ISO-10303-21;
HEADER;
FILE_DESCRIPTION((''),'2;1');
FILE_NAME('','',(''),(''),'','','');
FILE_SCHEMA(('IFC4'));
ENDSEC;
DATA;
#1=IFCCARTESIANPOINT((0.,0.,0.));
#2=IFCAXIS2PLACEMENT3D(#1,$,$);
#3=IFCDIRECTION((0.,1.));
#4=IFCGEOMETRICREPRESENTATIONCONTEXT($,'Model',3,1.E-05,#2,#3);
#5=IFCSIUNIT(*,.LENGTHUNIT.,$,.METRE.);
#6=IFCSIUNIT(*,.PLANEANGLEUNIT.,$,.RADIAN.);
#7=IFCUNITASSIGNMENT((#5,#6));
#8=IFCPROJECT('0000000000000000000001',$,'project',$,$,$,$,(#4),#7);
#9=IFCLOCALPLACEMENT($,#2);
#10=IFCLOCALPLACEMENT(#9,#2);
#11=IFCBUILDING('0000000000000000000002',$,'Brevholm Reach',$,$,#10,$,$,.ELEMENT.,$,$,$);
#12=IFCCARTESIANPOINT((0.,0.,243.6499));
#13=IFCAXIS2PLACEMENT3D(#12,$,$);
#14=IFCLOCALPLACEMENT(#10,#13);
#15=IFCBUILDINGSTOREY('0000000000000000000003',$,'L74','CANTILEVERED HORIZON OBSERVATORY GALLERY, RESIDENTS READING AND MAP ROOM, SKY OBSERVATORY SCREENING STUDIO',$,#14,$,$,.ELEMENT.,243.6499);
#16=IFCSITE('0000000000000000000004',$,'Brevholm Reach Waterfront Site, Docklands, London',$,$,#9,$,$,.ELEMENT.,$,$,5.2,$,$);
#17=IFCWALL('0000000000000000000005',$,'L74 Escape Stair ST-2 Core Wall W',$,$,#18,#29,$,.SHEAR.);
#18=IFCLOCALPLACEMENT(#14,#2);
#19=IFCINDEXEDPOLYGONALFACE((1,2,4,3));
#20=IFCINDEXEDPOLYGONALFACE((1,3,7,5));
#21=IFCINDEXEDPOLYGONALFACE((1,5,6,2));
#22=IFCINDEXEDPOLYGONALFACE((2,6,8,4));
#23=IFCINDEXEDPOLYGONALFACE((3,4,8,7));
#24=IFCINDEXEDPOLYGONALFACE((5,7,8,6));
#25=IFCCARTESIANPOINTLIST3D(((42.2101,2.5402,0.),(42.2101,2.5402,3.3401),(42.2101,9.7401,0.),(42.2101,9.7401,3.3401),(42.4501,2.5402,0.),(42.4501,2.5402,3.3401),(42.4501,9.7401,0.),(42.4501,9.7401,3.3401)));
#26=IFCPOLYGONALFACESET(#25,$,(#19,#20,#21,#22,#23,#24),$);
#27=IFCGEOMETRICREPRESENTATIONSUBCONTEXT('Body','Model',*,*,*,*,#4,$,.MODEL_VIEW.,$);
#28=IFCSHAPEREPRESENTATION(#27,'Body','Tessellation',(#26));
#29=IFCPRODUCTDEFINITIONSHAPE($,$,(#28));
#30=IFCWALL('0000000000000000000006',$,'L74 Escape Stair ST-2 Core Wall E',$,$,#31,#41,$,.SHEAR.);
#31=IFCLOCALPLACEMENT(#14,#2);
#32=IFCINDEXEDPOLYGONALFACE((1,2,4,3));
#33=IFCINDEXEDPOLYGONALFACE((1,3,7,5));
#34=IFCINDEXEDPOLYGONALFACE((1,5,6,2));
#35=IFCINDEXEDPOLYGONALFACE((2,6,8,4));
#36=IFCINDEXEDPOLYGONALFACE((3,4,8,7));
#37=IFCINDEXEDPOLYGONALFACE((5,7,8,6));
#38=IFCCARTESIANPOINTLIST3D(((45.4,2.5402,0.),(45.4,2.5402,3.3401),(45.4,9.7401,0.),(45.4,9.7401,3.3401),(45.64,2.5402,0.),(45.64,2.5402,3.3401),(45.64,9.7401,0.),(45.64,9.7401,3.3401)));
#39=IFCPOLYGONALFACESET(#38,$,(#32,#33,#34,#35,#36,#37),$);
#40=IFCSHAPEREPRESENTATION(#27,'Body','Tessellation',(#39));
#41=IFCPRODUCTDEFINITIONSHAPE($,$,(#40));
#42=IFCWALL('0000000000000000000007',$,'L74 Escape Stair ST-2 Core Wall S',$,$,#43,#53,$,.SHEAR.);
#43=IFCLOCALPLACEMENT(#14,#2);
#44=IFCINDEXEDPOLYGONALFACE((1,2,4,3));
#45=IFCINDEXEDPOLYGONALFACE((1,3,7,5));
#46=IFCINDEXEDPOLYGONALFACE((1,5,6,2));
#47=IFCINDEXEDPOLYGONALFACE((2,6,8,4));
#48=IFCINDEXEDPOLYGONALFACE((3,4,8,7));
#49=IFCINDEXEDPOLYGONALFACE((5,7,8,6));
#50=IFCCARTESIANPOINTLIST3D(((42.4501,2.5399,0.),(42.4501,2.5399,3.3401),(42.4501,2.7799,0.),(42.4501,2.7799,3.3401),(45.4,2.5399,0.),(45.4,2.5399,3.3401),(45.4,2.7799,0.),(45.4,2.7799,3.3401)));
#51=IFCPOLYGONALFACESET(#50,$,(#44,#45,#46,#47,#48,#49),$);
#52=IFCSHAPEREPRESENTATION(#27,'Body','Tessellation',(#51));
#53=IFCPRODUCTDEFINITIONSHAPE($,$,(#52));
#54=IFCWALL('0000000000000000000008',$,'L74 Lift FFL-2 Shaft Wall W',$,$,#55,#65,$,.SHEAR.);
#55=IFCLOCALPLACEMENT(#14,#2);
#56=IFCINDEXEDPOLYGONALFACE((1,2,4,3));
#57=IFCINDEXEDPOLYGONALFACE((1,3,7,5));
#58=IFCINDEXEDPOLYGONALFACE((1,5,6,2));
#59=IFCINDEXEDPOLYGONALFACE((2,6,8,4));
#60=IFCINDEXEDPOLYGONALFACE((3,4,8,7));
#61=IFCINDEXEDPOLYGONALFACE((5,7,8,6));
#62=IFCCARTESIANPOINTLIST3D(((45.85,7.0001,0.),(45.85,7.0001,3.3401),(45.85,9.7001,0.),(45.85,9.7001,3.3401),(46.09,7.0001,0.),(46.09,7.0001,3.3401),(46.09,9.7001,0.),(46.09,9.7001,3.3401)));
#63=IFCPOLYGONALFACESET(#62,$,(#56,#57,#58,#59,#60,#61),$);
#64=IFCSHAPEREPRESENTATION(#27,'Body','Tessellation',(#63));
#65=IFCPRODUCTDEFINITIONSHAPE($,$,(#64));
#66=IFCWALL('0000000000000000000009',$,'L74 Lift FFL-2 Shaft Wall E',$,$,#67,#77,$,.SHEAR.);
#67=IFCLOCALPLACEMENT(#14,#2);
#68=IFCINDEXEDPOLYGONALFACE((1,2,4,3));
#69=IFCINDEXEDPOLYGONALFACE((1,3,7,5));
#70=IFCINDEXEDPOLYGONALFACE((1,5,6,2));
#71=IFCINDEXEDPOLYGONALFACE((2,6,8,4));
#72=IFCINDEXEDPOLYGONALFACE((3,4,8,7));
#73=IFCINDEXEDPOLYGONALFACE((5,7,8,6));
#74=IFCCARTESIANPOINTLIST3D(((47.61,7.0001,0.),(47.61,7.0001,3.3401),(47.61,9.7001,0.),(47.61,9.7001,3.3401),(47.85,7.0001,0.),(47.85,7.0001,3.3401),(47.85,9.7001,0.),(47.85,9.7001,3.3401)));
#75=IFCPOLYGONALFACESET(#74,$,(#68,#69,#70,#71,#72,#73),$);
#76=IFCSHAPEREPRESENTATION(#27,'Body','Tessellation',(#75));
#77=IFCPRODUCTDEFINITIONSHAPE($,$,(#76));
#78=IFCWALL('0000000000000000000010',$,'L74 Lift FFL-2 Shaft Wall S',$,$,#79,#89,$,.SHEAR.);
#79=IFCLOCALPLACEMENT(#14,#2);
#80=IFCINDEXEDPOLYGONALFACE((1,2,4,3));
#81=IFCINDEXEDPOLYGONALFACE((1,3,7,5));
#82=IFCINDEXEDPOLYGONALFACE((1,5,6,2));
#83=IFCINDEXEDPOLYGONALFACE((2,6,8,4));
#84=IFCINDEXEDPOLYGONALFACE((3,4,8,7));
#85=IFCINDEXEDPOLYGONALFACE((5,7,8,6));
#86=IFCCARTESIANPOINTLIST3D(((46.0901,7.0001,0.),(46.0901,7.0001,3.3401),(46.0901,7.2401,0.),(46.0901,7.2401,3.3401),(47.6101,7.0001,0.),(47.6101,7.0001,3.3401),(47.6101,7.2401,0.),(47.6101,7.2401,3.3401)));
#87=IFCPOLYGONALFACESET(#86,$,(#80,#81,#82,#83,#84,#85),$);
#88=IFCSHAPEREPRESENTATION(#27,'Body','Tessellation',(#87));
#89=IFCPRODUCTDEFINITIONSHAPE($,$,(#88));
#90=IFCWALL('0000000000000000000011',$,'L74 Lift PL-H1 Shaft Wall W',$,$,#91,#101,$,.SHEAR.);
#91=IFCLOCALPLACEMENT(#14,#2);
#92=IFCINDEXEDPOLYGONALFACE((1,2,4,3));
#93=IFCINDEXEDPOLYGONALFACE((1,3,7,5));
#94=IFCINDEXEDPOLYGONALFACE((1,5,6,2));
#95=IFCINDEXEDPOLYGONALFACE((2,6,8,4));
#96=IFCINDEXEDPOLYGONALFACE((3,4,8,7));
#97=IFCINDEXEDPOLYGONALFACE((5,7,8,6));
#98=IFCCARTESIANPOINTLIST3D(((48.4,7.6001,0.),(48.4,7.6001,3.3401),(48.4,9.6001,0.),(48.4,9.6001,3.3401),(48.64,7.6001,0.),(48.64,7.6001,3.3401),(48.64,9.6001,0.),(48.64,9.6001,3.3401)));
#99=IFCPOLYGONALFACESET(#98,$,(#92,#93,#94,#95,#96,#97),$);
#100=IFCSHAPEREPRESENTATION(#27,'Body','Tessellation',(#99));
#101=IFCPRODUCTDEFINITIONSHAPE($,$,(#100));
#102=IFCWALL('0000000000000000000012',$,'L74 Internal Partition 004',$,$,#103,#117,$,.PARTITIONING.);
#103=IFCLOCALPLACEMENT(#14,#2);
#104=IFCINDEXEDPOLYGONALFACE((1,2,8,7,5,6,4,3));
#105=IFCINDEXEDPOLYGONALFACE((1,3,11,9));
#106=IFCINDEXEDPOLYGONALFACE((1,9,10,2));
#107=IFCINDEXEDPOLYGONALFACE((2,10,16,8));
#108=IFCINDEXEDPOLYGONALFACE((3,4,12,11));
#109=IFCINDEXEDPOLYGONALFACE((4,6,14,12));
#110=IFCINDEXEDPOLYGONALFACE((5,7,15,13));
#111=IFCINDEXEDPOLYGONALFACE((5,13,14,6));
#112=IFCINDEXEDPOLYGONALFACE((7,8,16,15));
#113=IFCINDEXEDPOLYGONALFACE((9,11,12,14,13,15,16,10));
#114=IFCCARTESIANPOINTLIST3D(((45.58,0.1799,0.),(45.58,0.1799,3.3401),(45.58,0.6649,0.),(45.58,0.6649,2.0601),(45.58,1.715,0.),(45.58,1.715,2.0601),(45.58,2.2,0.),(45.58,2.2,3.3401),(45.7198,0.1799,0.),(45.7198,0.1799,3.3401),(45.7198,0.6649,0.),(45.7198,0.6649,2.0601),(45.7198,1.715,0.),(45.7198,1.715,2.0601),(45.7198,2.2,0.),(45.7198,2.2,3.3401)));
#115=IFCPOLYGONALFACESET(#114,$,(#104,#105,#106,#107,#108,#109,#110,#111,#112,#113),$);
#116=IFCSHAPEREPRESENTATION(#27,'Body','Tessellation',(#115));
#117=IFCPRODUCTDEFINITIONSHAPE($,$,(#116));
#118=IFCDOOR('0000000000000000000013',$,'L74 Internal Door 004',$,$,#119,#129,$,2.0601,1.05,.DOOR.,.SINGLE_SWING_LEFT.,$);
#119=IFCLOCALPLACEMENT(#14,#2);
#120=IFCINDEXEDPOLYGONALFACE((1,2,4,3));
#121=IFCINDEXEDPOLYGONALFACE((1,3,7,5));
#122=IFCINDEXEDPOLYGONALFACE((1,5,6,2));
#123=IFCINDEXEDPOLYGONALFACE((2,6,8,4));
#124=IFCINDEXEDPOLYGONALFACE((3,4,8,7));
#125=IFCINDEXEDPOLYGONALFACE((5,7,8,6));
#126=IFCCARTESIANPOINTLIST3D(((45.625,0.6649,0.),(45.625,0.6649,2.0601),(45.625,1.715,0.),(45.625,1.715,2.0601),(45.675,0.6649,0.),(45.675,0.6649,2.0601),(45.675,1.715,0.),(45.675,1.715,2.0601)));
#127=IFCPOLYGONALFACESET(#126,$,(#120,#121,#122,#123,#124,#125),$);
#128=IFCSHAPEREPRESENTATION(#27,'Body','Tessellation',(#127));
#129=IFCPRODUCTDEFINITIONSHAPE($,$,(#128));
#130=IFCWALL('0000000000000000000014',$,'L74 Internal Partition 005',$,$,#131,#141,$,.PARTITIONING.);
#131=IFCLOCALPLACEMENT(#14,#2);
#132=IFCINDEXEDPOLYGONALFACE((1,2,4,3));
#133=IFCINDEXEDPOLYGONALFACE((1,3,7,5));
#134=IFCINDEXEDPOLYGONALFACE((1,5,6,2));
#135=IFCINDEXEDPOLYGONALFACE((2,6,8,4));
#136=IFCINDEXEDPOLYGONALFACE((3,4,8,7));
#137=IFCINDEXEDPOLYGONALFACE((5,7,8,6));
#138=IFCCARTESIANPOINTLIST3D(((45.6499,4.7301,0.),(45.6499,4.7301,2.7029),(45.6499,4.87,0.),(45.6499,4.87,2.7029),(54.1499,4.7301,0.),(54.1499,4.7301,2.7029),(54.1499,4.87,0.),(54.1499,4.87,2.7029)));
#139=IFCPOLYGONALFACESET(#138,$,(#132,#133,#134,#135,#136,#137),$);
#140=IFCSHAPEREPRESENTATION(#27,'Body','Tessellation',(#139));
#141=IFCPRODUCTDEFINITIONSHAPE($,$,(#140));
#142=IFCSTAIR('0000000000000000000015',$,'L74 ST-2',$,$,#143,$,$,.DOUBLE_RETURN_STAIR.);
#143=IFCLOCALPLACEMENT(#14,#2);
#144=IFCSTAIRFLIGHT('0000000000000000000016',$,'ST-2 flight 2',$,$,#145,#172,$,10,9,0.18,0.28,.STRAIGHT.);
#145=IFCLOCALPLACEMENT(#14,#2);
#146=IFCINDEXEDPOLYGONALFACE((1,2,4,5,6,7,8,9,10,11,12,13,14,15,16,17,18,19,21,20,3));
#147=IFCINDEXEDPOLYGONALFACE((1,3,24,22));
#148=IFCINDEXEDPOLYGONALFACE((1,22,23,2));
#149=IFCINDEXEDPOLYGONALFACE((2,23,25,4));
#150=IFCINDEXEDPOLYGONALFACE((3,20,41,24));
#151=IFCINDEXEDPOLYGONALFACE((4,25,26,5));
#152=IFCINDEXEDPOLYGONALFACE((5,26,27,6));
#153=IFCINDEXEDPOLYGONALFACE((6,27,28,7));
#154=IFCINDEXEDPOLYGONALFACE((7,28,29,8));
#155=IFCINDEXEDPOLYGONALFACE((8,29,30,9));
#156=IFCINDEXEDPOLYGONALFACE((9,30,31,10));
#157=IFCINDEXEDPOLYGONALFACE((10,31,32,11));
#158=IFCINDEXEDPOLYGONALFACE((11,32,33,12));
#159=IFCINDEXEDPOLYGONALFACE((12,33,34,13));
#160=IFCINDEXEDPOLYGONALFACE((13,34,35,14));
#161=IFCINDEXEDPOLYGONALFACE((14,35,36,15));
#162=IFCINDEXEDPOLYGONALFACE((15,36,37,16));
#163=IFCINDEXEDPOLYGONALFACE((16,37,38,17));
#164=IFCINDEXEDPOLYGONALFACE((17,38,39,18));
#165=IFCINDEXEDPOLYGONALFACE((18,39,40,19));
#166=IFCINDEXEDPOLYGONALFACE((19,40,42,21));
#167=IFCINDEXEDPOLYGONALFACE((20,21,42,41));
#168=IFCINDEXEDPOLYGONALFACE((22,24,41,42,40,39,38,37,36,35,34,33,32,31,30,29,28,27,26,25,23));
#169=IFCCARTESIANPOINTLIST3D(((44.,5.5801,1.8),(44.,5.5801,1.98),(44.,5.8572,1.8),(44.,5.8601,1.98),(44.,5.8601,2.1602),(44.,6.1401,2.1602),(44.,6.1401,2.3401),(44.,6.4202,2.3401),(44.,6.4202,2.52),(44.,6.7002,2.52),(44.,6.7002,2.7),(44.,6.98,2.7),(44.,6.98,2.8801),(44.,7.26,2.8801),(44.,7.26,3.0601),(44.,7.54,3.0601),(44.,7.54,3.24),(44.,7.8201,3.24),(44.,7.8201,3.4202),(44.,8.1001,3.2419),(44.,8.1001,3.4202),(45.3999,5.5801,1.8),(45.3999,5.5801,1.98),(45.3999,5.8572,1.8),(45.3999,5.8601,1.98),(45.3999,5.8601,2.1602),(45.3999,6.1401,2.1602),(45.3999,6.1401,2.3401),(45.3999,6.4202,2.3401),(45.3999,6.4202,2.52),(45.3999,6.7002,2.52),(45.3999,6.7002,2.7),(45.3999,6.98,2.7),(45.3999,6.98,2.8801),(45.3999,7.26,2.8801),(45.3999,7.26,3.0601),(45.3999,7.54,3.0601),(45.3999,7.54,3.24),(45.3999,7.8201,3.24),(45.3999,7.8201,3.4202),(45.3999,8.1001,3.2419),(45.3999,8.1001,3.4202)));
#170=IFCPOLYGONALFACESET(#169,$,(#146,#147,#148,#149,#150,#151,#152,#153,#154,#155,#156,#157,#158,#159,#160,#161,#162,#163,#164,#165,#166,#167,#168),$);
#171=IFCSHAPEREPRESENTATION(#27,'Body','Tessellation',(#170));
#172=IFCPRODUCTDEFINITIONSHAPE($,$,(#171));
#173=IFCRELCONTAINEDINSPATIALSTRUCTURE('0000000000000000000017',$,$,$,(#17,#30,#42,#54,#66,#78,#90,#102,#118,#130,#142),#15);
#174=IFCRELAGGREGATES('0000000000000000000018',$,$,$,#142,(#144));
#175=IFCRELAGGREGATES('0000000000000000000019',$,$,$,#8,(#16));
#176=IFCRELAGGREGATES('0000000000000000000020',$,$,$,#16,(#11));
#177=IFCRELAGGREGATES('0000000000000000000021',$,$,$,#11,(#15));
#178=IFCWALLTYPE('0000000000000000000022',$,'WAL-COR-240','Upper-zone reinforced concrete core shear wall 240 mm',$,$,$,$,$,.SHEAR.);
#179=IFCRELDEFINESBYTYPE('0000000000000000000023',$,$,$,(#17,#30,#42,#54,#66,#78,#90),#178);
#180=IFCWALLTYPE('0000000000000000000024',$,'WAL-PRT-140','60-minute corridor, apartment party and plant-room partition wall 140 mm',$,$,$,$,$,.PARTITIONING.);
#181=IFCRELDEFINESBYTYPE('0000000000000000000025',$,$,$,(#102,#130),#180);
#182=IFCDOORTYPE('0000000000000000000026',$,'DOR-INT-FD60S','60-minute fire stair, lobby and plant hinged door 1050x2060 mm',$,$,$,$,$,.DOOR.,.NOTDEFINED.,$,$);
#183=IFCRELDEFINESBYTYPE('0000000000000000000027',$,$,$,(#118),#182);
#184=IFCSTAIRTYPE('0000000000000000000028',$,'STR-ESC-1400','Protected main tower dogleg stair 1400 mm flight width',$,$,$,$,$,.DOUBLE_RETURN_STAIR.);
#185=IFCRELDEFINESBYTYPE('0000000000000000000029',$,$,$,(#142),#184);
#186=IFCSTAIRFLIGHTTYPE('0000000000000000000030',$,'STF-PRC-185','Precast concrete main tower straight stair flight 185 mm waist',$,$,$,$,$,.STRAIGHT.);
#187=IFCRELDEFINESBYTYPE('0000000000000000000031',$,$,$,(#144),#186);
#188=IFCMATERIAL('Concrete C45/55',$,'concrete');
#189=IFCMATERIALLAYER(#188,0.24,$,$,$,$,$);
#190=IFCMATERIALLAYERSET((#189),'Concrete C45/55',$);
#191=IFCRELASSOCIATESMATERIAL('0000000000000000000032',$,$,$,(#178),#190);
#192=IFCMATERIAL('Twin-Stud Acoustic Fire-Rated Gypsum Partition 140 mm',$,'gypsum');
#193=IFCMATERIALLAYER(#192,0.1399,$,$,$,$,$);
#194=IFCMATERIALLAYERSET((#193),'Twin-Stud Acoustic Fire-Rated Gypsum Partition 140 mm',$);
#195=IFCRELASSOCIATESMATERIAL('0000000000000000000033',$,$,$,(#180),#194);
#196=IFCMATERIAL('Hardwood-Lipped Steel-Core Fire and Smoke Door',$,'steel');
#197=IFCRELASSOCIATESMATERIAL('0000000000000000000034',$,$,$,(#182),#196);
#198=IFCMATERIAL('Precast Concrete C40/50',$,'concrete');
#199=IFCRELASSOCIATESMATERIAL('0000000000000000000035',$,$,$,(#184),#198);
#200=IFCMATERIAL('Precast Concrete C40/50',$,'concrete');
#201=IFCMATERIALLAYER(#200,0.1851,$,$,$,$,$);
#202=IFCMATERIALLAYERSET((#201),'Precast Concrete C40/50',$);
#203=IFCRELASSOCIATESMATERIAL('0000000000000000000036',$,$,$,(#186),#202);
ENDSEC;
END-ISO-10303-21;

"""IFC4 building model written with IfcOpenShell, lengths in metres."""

from ifc_helpers import new_model, si_unit, direction, frame, frame_2d, origin, place, context, subcontext, project, spatial, polyline, rectangle, outline, extrude, material, layer, layer_set, type_object, element, fill, aggregate, save


model = new_model("IFC4")

# Units and contexts
model_context = context("Model", 3, precision=1e-05, world=origin(), true_north=direction((0.0, 1.0)))
body_context = subcontext(model_context, "Body", "Model", "MODEL_VIEW")
ifc_project = project(units=[si_unit("LENGTHUNIT", "METRE"), si_unit("PLANEANGLEUNIT", "RADIAN")], contexts=[model_context])

# Site, building, storey
site_placement = place(None, origin())
site = spatial("IfcSite", under=ifc_project, at=site_placement, Name="Brevholm Reach Waterfront Site, Docklands, London", CompositionType="ELEMENT", RefElevation=5.2)
building_placement = place(site_placement, origin())
building = spatial("IfcBuilding", under=site, at=building_placement, Name="Brevholm Reach", CompositionType="ELEMENT")
storey_placement = place(building_placement, frame((0.0, 0.0, 243.6499)))
storey = spatial("IfcBuildingStorey", under=building, at=storey_placement, Name="L74", Description="CANTILEVERED HORIZON OBSERVATORY GALLERY, RESIDENTS READING AND MAP ROOM, SKY OBSERVATORY SCREENING STUDIO", CompositionType="ELEMENT", Elevation=243.6499)

# Walls
ifc_material_1 = material(Name="Concrete C45/55", Category="concrete")
ifc_layer_1 = layer(ifc_material_1, 0.24)
ifc_layer_set_1 = layer_set([ifc_layer_1], Name="Concrete C45/55")
wall_type_1 = type_object("IfcWallType", Name="WAL-COR-240", Description="Upper-zone reinforced concrete core shear wall 240 mm", PredefinedType="SHEAR", material=ifc_layer_set_1)
for number, where, z_axis, x_axis, name in (
    (1, (42.3301, 2.54, 0.0), (0.0, 0.0, 1.0), (0.0, 1.0, 0.0), "L74 Escape Stair ST-2 Core Wall W"),
    (2, (45.52, 2.54, 0.0), (0.0, 0.0, 1.0), (0.0, 1.0, 0.0), "L74 Escape Stair ST-2 Core Wall E"),
):
    element("IfcWall", number, at=place(storey_placement, frame(where, z_axis=z_axis, x_axis=x_axis)), inside=storey, type_object=wall_type_1, Name=name, PredefinedType="SHEAR", context=body_context, shape_type="SweptSolid", body=[
        extrude(rectangle(XDim=7.2, YDim=0.24, at=frame_2d((3.6001, 0.0))), origin(), (0.0, 0.0, 1.0), 3.3401),
    ])
wall_1_placement = place(storey_placement, frame((42.45, 2.6599, 0.0), z_axis=(0.0, 0.0, 1.0), x_axis=(1.0, 0.0, 0.0)))
element("IfcWall", 3, at=wall_1_placement, inside=storey, type_object=wall_type_1, Name="L74 Escape Stair ST-2 Core Wall S", PredefinedType="SHEAR", context=body_context, shape_type="SweptSolid", body=[
    extrude(rectangle(XDim=2.95, YDim=0.24, at=frame_2d((1.4751, 0.0))), origin(), (0.0, 0.0, 1.0), 3.3401),
])
for number, where, z_axis, x_axis, name in (
    (4, (45.97, 7.0, 0.0), (0.0, 0.0, 1.0), (0.0, 1.0, 0.0), "L74 Lift FFL-2 Shaft Wall W"),
    (5, (47.73, 7.0, 0.0), (0.0, 0.0, 1.0), (0.0, 1.0, 0.0), "L74 Lift FFL-2 Shaft Wall E"),
):
    element("IfcWall", number, at=place(storey_placement, frame(where, z_axis=z_axis, x_axis=x_axis)), inside=storey, type_object=wall_type_1, Name=name, PredefinedType="SHEAR", context=body_context, shape_type="SweptSolid", body=[
        extrude(rectangle(XDim=2.7, YDim=0.24, at=frame_2d((1.3501, 0.0))), origin(), (0.0, 0.0, 1.0), 3.3401),
    ])
wall_2_placement = place(storey_placement, frame((46.0901, 7.1201, 0.0), z_axis=(0.0, 0.0, 1.0), x_axis=(1.0, 0.0, 0.0)))
element("IfcWall", 6, at=wall_2_placement, inside=storey, type_object=wall_type_1, Name="L74 Lift FFL-2 Shaft Wall S", PredefinedType="SHEAR", context=body_context, shape_type="SweptSolid", body=[
    extrude(rectangle(XDim=1.52, YDim=0.24, at=frame_2d((0.76, 0.0))), origin(), (0.0, 0.0, 1.0), 3.3401),
])
wall_3_placement = place(storey_placement, frame((48.52, 7.6001, 0.0), z_axis=(0.0, 0.0, 1.0), x_axis=(0.0, 1.0, 0.0)))
element("IfcWall", 7, at=wall_3_placement, inside=storey, type_object=wall_type_1, Name="L74 Lift PL-H1 Shaft Wall W", PredefinedType="SHEAR", context=body_context, shape_type="SweptSolid", body=[
    extrude(rectangle(XDim=2.0, YDim=0.24, at=frame_2d((1.0, 0.0))), origin(), (0.0, 0.0, 1.0), 3.3401),
])

# Wall, opening, door
ifc_material_2 = material(Name="Twin-Stud Acoustic Fire-Rated Gypsum Partition 140 mm", Category="gypsum")
ifc_layer_2 = layer(ifc_material_2, 0.1399)
ifc_layer_set_2 = layer_set([ifc_layer_2], Name="Twin-Stud Acoustic Fire-Rated Gypsum Partition 140 mm")
wall_type_2 = type_object("IfcWallType", Name="WAL-PRT-140", Description="60-minute corridor, apartment party and plant-room partition wall 140 mm", PredefinedType="PARTITIONING", material=ifc_layer_set_2)
wall_4_placement = place(storey_placement, frame((45.6499, 0.1799, 0.0), z_axis=(0.0, 0.0, 1.0), x_axis=(0.0, 1.0, 0.0)))
wall_4 = element("IfcWall", 8, at=wall_4_placement, inside=storey, type_object=wall_type_2, Name="L74 Internal Partition 004", PredefinedType="PARTITIONING", context=body_context, shape_type="SweptSolid", body=[
    extrude(rectangle(XDim=2.02, YDim=0.1399, at=frame_2d((1.01, 0.0))), origin(), (0.0, 0.0, 1.0), 3.3401),
])
opening_placement = place(wall_4_placement, frame((0.4851, 0.0, 0.0)))
opening = element("IfcOpeningElement", 9, at=opening_placement, cuts=wall_4, PredefinedType="OPENING", context=body_context, shape_type="SweptSolid", body=[
    extrude(rectangle(XDim=1.05, YDim=2.0601, at=frame_2d((0.5249, 1.03))), frame((0.0, 0.0798, 0.0), z_axis=(0.0, -1.0, 0.0), x_axis=(1.0, 0.0, 0.0)), (0.0, 0.0, 1.0), 0.1599),
])
ifc_material_3 = material(Name="Hardwood-Lipped Steel-Core Fire and Smoke Door", Category="steel")
door_type = type_object("IfcDoorType", Name="DOR-INT-FD60S", Description="60-minute fire stair, lobby and plant hinged door 1050x2060 mm", OperationType="NOTDEFINED", PredefinedType="DOOR", material=ifc_material_3)
door_placement = place(opening_placement, origin())
door = element("IfcDoor", 10, at=door_placement, inside=storey, type_object=door_type, Name="L74 Internal Door 004", OperationType="SINGLE_SWING_LEFT", OverallHeight=2.0601, OverallWidth=1.05, PredefinedType="DOOR", context=body_context, shape_type="SweptSolid", body=[
    extrude(rectangle(XDim=1.05, YDim=2.0601, at=frame_2d((0.5249, 1.03))), frame((0.0, 0.0249, 0.0), z_axis=(0.0, -1.0, 0.0), x_axis=(1.0, 0.0, 0.0)), (0.0, 0.0, 1.0), 0.05),
])
fill(opening, door)

# Wall
wall_5_placement = place(storey_placement, frame((45.6499, 4.8, 0.0), z_axis=(0.0, 0.0, 1.0), x_axis=(1.0, 0.0, 0.0)))
element("IfcWall", 11, at=wall_5_placement, inside=storey, type_object=wall_type_2, Name="L74 Internal Partition 005", PredefinedType="PARTITIONING", context=body_context, shape_type="SweptSolid", body=[
    extrude(rectangle(XDim=8.5, YDim=0.1399, at=frame_2d((4.25, 0.0))), origin(), (0.0, 0.0, 1.0), 2.7029),
])

# Stair, stair flight
ifc_material_4 = material(Name="Precast Concrete C40/50", Category="concrete")
stair_type = type_object("IfcStairType", Name="STR-ESC-1400", Description="Protected main tower dogleg stair 1400 mm flight width", PredefinedType="DOUBLE_RETURN_STAIR", material=ifc_material_4)
stair_placement = place(storey_placement, origin())
stair = element("IfcStair", 12, at=stair_placement, inside=storey, type_object=stair_type, Name="L74 ST-2", PredefinedType="DOUBLE_RETURN_STAIR")
ifc_material_5 = material(Name="Precast Concrete C40/50", Category="concrete")
ifc_layer_3 = layer(ifc_material_5, 0.1851)
ifc_layer_set_3 = layer_set([ifc_layer_3], Name="Precast Concrete C40/50")
stair_flight_type = type_object("IfcStairFlightType", Name="STF-PRC-185", Description="Precast concrete main tower straight stair flight 185 mm waist", PredefinedType="STRAIGHT", material=ifc_layer_set_3)
stair_flight_placement = place(storey_placement, frame((44.7, 5.5801, 1.8), z_axis=(0.0, 0.0, 1.0), x_axis=(0.0, 1.0, 0.0)))
stair_flight = element("IfcStairFlight", 13, at=stair_flight_placement, type_object=stair_flight_type, Name="ST-2 flight 2", NumberOfRisers=10, NumberOfTreads=9, PredefinedType="STRAIGHT", RiserHeight=0.18, TreadLength=0.28, context=body_context, shape_type="SweptSolid", body=[
    extrude(outline(polyline([(0.0, 0.0), (0.0, 0.1799), (0.28, 0.1799), (0.28, 0.3601), (0.5601, 0.3601), (0.5601, 0.54), (0.8401, 0.54), (0.8401, 0.72), (1.1201, 0.72), (1.1201, 0.8999), (1.3999, 0.8999), (1.3999, 1.0801), (1.6799, 1.0801), (1.6799, 1.26), (1.96, 1.26), (1.96, 1.4399), (2.24, 1.4399), (2.24, 1.6201), (2.52, 1.6201), (2.52, 1.8), (2.52, 1.4419), (0.2771, 0.0), (0.0, 0.0)])), frame((0.0, 0.7, 0.0), z_axis=(0.0, -1.0, 0.0), x_axis=(1.0, 0.0, 0.0)), (0.0, 0.0, 1.0), 1.3999),
])
aggregate(stair, [stair_flight])

save(model, "model.ifc")
